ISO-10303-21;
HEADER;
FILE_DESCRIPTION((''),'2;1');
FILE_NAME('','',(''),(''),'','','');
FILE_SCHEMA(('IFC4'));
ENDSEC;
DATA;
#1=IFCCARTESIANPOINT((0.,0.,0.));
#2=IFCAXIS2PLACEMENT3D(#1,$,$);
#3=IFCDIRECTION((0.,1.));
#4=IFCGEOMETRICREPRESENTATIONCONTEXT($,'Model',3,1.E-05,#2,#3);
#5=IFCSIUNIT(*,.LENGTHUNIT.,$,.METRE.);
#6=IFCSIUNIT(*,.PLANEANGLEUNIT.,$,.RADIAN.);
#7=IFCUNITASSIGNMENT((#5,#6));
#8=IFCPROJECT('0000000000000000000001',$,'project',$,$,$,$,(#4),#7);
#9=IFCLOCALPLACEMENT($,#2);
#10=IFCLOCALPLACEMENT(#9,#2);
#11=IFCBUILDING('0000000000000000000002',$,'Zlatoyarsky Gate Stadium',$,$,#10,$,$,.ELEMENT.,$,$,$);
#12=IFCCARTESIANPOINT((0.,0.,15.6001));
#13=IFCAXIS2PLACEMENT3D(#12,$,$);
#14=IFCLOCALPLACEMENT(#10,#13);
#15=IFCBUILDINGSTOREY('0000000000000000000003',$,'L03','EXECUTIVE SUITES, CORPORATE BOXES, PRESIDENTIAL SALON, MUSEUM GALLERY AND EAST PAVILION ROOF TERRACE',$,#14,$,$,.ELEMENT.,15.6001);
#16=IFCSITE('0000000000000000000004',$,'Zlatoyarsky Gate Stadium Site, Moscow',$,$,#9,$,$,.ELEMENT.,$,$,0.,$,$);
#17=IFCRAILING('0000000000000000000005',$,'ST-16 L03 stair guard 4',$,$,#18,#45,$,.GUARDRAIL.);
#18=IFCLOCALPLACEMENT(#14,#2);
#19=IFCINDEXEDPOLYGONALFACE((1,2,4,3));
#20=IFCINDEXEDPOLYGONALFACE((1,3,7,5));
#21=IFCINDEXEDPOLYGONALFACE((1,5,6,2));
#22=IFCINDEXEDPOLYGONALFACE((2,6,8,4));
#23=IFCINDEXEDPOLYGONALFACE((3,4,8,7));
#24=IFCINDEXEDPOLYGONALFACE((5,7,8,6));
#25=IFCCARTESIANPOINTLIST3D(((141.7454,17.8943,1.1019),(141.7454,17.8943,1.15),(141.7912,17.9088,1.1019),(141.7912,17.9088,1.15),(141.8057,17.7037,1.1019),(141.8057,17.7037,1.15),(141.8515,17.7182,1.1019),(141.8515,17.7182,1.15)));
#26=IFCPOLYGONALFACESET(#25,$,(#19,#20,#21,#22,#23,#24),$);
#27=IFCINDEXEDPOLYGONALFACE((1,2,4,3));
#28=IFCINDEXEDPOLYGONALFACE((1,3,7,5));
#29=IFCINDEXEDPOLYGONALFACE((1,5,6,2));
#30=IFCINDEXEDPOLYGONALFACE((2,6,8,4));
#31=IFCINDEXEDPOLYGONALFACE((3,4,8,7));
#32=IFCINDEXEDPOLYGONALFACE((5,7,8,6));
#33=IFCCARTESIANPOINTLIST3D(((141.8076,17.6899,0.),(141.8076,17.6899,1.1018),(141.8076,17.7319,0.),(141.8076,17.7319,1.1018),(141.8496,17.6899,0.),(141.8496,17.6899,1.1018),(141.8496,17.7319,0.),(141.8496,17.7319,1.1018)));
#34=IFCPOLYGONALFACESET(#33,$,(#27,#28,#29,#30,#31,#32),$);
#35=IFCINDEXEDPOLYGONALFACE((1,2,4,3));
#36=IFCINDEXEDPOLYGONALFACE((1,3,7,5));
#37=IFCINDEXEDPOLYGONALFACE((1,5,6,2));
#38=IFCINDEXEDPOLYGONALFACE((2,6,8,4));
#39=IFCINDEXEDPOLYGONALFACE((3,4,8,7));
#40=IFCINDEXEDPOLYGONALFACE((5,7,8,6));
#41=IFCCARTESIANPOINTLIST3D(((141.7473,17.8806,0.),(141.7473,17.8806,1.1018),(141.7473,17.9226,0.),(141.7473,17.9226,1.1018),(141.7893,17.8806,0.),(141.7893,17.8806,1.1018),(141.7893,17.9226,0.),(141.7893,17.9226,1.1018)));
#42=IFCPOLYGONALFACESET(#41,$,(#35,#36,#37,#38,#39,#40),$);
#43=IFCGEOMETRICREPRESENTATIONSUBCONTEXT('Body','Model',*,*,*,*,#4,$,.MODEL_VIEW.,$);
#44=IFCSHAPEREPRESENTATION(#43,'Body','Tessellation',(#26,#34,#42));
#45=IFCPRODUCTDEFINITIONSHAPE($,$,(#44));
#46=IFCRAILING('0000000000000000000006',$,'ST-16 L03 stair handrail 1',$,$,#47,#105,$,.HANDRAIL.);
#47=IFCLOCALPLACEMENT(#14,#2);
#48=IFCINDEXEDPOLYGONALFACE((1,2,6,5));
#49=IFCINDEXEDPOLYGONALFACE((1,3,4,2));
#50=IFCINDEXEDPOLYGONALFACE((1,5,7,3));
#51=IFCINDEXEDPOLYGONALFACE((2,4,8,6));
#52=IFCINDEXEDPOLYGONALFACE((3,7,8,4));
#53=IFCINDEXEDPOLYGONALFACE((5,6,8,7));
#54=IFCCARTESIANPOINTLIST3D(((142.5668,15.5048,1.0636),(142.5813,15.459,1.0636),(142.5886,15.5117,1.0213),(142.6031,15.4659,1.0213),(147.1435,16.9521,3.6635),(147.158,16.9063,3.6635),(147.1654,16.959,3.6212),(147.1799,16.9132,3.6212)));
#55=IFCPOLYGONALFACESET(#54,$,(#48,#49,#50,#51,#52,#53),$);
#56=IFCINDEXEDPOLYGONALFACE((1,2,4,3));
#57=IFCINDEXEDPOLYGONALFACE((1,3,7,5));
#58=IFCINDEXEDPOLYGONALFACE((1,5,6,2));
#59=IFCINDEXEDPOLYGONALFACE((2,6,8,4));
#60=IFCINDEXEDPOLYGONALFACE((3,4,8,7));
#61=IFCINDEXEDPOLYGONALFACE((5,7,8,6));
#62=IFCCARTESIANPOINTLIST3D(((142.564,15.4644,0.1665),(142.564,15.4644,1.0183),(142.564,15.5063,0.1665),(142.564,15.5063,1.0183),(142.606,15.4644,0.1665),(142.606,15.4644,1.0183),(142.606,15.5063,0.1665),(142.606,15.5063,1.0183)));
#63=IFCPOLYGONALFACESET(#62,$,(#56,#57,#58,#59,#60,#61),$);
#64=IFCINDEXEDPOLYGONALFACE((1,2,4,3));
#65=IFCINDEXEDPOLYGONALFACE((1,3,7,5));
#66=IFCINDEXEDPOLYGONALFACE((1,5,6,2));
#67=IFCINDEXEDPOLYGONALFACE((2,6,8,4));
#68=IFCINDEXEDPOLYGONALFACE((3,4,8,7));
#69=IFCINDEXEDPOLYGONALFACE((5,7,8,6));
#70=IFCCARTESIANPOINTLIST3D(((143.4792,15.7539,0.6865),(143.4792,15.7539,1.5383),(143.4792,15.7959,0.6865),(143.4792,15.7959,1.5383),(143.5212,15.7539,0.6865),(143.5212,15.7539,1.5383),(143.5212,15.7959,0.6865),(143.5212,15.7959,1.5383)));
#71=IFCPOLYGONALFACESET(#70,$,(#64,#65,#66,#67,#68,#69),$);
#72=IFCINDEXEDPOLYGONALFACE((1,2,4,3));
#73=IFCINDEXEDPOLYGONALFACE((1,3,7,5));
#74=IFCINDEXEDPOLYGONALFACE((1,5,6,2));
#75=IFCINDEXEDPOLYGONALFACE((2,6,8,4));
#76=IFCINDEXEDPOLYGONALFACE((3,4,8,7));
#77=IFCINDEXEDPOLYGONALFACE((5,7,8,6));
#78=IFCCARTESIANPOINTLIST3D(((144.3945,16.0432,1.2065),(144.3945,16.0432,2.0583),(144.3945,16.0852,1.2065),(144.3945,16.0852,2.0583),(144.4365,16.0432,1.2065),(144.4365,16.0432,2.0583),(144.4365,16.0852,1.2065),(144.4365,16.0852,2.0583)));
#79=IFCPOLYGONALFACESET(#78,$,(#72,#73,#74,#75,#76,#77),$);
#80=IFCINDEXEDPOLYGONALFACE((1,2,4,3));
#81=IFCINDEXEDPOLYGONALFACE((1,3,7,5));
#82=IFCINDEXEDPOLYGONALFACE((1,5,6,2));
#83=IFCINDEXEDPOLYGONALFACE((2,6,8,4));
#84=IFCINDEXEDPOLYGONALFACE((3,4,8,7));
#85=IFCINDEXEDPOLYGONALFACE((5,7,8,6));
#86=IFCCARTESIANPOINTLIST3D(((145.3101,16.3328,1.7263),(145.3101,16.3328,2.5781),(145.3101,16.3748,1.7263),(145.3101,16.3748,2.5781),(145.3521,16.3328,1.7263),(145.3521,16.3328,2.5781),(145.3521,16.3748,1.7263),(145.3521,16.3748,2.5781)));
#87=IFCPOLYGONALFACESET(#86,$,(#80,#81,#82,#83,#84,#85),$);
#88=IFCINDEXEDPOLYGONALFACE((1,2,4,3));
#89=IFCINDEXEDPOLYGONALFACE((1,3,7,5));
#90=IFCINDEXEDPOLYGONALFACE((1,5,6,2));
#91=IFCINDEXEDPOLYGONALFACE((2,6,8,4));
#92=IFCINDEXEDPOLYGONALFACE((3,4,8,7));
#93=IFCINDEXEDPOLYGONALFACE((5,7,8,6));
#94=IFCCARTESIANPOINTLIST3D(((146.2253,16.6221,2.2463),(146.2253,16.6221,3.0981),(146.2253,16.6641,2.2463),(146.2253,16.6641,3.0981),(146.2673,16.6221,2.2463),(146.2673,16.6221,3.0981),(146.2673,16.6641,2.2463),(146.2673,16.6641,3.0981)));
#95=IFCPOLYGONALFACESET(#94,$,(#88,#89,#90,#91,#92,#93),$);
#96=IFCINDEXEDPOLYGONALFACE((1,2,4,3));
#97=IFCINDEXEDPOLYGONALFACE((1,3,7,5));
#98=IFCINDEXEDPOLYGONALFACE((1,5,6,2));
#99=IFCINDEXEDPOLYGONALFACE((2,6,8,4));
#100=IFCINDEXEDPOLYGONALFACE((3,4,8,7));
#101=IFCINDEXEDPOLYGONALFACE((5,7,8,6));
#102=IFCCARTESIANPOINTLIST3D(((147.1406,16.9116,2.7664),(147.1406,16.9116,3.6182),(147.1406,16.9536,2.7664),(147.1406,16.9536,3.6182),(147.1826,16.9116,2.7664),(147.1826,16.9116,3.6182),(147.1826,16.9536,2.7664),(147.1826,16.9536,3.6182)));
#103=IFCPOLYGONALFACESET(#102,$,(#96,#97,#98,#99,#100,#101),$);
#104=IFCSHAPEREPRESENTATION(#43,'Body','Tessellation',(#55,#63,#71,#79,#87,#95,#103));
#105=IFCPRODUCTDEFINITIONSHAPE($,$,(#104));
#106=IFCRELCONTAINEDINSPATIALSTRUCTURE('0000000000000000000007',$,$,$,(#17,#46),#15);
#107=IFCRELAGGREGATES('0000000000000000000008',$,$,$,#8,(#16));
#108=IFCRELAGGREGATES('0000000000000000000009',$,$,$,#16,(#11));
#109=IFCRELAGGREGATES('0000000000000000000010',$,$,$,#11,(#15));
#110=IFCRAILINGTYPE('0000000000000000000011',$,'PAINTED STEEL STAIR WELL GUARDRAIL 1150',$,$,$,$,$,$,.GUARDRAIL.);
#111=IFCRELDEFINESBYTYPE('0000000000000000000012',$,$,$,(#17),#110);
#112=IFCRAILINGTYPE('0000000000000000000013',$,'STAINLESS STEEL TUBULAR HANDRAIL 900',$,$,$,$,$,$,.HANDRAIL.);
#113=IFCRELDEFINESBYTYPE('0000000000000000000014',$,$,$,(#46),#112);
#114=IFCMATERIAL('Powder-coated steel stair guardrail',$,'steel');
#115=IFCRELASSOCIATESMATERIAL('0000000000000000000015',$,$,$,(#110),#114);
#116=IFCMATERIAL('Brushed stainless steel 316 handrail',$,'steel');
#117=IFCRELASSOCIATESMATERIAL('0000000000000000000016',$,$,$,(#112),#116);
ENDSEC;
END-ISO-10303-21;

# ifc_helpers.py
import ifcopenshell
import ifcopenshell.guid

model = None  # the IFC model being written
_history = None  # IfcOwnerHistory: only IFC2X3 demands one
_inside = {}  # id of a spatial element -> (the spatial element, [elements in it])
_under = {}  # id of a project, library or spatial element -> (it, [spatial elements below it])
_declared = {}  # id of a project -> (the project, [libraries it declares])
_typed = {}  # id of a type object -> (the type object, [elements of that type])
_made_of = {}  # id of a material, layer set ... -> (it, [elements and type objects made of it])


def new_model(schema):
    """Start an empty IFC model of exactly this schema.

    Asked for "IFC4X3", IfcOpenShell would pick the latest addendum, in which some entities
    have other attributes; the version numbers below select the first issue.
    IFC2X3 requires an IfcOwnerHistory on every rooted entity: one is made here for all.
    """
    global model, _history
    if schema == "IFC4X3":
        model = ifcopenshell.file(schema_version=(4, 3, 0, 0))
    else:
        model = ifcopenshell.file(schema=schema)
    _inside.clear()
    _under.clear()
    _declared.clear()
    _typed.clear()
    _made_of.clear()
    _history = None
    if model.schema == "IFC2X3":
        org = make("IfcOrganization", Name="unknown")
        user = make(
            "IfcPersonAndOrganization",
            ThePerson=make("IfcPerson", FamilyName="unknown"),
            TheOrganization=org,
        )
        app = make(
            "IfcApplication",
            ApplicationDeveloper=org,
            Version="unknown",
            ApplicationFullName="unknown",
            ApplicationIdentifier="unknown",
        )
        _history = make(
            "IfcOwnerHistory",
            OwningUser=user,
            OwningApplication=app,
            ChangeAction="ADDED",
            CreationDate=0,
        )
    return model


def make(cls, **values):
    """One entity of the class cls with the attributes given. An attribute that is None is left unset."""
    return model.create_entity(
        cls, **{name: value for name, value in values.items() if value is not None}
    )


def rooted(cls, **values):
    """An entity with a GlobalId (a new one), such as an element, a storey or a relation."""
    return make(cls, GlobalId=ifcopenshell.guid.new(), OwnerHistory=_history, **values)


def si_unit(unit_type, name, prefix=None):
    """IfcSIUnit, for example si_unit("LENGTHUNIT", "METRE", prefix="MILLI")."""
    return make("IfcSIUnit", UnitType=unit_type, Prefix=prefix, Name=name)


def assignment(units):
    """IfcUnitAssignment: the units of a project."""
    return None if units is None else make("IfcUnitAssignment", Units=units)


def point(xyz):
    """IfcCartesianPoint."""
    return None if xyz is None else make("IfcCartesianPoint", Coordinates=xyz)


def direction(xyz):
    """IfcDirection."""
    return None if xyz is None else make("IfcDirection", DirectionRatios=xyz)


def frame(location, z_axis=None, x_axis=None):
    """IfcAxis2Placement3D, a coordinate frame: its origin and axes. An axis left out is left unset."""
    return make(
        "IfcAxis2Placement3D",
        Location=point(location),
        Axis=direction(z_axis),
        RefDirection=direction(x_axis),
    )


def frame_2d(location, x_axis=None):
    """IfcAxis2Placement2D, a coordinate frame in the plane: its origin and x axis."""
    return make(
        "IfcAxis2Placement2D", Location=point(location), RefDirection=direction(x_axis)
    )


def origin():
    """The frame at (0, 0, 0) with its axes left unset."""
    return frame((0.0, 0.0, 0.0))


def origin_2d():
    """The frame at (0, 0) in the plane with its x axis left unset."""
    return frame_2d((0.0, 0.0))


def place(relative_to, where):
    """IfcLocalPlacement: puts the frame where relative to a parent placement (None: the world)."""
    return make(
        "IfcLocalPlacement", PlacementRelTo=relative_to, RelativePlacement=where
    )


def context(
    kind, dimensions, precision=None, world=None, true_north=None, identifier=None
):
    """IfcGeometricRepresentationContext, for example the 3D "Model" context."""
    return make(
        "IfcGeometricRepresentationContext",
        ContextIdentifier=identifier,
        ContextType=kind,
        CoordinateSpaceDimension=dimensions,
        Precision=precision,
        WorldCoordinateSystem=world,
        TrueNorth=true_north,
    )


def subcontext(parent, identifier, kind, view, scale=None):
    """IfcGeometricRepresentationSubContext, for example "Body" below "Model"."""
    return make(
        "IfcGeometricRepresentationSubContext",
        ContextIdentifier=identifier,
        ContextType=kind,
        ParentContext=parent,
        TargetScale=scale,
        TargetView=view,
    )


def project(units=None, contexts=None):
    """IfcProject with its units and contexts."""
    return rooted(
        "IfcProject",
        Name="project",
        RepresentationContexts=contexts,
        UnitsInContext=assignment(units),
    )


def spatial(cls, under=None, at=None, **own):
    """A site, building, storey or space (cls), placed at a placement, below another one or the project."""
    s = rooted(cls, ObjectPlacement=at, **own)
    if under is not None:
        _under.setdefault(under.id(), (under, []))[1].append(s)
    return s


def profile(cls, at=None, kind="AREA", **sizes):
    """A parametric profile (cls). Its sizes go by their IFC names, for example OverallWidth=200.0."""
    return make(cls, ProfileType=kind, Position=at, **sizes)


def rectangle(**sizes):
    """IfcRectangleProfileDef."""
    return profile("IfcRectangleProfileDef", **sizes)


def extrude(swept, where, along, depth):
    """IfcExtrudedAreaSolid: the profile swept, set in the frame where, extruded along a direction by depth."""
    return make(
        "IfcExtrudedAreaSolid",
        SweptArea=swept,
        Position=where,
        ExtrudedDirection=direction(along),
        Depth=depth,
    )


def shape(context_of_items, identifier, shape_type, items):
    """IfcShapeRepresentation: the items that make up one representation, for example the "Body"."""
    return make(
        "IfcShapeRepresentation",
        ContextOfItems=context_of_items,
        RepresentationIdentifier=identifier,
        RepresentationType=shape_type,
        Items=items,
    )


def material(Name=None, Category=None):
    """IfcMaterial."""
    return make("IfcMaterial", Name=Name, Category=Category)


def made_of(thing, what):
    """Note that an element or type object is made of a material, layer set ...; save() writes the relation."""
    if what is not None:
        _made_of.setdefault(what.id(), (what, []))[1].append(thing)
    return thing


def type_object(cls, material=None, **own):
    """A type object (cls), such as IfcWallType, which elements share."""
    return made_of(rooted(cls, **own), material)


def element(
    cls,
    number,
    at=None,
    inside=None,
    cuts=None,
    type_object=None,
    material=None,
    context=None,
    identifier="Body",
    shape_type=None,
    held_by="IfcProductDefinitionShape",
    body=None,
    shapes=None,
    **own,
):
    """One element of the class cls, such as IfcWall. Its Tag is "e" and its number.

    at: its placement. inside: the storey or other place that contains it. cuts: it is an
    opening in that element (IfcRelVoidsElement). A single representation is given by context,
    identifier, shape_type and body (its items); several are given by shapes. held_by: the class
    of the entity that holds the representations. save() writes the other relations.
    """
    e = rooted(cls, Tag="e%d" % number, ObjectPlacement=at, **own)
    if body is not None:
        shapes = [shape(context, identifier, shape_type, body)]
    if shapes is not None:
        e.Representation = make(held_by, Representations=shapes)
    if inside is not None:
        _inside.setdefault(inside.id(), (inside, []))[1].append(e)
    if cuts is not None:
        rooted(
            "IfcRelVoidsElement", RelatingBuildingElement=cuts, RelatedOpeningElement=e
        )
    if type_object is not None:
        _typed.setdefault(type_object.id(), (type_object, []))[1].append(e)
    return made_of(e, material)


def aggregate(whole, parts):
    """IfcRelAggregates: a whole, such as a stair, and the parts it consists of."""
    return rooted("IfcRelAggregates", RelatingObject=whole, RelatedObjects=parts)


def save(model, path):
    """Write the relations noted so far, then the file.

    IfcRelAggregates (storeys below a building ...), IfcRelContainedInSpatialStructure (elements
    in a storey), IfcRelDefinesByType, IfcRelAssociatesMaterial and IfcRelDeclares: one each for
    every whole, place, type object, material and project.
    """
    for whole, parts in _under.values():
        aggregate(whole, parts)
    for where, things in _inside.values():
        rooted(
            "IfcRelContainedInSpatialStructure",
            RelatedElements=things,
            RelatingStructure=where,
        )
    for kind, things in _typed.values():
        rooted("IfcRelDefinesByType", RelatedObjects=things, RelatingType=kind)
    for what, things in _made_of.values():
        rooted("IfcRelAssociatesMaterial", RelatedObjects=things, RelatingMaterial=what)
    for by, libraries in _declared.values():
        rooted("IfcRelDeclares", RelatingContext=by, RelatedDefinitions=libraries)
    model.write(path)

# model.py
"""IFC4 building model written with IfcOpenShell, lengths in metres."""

from ifc_helpers import new_model, si_unit, direction, frame, origin, origin_2d, place, context, subcontext, project, spatial, rectangle, extrude, material, type_object, element, save


model = new_model("IFC4")

# Units and contexts
model_context = context("Model", 3, precision=1e-05, world=origin(), true_north=direction((0.0, 1.0)))
body_context = subcontext(model_context, "Body", "Model", "MODEL_VIEW")
ifc_project = project(units=[si_unit("LENGTHUNIT", "METRE"), si_unit("PLANEANGLEUNIT", "RADIAN")], contexts=[model_context])

# Site, building, storey
site_placement = place(None, origin())
site = spatial("IfcSite", under=ifc_project, at=site_placement, Name="Zlatoyarsky Gate Stadium Site, Moscow", CompositionType="ELEMENT", RefElevation=0.0)
building_placement = place(site_placement, origin())
building = spatial("IfcBuilding", under=site, at=building_placement, Name="Zlatoyarsky Gate Stadium", CompositionType="ELEMENT")
storey_placement = place(building_placement, frame((0.0, 0.0, 15.6001)))
storey = spatial("IfcBuildingStorey", under=building, at=storey_placement, Name="L03", Description="EXECUTIVE SUITES, CORPORATE BOXES, PRESIDENTIAL SALON, MUSEUM GALLERY AND EAST PAVILION ROOF TERRACE", CompositionType="ELEMENT", Elevation=15.6001)

# Railings
ifc_material_1 = material(Name="Powder-coated steel stair guardrail", Category="steel")
railing_type_1 = type_object("IfcRailingType", Name="PAINTED STEEL STAIR WELL GUARDRAIL 1150", PredefinedType="GUARDRAIL", material=ifc_material_1)
railing_1_placement = place(storey_placement, frame((141.8286, 17.7109, 0.0)))
element("IfcRailing", 1, at=railing_1_placement, inside=storey, type_object=railing_type_1, Name="ST-16 L03 stair guard 4", PredefinedType="GUARDRAIL", context=body_context, shape_type="SweptSolid", body=[
    extrude(rectangle(XDim=0.0481, YDim=0.0481, at=origin_2d()), frame((0.0, 0.0, 1.126), z_axis=(-0.30154, 0.953453, 0.0), x_axis=(-0.953453, -0.30154, 0.0)), (0.0, 0.0, 1.0), 0.2),
    extrude(rectangle(XDim=0.042, YDim=0.042, at=origin_2d()), origin(), (0.0, 0.0, 1.0), 1.1018),
    extrude(rectangle(XDim=0.042, YDim=0.042, at=origin_2d()), frame((-0.0603, 0.1907, 0.0)), (0.0, 0.0, 1.0), 1.1018),
])
ifc_material_2 = material(Name="Brushed stainless steel 316 handrail", Category="steel")
railing_type_2 = type_object("IfcRailingType", Name="STAINLESS STEEL TUBULAR HANDRAIL 900", PredefinedType="HANDRAIL", material=ifc_material_2)
railing_2_placement = place(storey_placement, frame((142.585, 15.4854, 0.1665)))
element("IfcRailing", 2, at=railing_2_placement, inside=storey, type_object=railing_type_2, Name="ST-16 L03 stair handrail 1", PredefinedType="HANDRAIL", context=body_context, shape_type="SweptSolid", body=[
    extrude(rectangle(XDim=0.0481, YDim=0.0481, at=origin_2d()), frame((0.0, 0.0, 0.876), z_axis=(0.838384, 0.26512, 0.476259), x_axis=(-0.301511, 0.953463, 0.0)), (0.0, 0.0, 1.0), 5.459),
    extrude(rectangle(XDim=0.042, YDim=0.042, at=origin_2d()), origin(), (0.0, 0.0, 1.0), 0.8518),
    extrude(rectangle(XDim=0.042, YDim=0.042, at=origin_2d()), frame((0.9153, 0.2896, 0.52)), (0.0, 0.0, 1.0), 0.8518),
    extrude(rectangle(XDim=0.042, YDim=0.042, at=origin_2d()), frame((1.8306, 0.5789, 1.04)), (0.0, 0.0, 1.0), 0.8518),
    extrude(rectangle(XDim=0.042, YDim=0.042, at=origin_2d()), frame((2.7461, 0.8684, 1.5598)), (0.0, 0.0, 1.0), 0.8518),
    extrude(rectangle(XDim=0.042, YDim=0.042, at=origin_2d()), frame((3.6614, 1.1577, 2.0798)), (0.0, 0.0, 1.0), 0.8518),
    extrude(rectangle(XDim=0.042, YDim=0.042, at=origin_2d()), frame((4.5767, 1.4473, 2.5999)), (0.0, 0.0, 1.0), 0.8518),
])

save(model, "model.ifc")
